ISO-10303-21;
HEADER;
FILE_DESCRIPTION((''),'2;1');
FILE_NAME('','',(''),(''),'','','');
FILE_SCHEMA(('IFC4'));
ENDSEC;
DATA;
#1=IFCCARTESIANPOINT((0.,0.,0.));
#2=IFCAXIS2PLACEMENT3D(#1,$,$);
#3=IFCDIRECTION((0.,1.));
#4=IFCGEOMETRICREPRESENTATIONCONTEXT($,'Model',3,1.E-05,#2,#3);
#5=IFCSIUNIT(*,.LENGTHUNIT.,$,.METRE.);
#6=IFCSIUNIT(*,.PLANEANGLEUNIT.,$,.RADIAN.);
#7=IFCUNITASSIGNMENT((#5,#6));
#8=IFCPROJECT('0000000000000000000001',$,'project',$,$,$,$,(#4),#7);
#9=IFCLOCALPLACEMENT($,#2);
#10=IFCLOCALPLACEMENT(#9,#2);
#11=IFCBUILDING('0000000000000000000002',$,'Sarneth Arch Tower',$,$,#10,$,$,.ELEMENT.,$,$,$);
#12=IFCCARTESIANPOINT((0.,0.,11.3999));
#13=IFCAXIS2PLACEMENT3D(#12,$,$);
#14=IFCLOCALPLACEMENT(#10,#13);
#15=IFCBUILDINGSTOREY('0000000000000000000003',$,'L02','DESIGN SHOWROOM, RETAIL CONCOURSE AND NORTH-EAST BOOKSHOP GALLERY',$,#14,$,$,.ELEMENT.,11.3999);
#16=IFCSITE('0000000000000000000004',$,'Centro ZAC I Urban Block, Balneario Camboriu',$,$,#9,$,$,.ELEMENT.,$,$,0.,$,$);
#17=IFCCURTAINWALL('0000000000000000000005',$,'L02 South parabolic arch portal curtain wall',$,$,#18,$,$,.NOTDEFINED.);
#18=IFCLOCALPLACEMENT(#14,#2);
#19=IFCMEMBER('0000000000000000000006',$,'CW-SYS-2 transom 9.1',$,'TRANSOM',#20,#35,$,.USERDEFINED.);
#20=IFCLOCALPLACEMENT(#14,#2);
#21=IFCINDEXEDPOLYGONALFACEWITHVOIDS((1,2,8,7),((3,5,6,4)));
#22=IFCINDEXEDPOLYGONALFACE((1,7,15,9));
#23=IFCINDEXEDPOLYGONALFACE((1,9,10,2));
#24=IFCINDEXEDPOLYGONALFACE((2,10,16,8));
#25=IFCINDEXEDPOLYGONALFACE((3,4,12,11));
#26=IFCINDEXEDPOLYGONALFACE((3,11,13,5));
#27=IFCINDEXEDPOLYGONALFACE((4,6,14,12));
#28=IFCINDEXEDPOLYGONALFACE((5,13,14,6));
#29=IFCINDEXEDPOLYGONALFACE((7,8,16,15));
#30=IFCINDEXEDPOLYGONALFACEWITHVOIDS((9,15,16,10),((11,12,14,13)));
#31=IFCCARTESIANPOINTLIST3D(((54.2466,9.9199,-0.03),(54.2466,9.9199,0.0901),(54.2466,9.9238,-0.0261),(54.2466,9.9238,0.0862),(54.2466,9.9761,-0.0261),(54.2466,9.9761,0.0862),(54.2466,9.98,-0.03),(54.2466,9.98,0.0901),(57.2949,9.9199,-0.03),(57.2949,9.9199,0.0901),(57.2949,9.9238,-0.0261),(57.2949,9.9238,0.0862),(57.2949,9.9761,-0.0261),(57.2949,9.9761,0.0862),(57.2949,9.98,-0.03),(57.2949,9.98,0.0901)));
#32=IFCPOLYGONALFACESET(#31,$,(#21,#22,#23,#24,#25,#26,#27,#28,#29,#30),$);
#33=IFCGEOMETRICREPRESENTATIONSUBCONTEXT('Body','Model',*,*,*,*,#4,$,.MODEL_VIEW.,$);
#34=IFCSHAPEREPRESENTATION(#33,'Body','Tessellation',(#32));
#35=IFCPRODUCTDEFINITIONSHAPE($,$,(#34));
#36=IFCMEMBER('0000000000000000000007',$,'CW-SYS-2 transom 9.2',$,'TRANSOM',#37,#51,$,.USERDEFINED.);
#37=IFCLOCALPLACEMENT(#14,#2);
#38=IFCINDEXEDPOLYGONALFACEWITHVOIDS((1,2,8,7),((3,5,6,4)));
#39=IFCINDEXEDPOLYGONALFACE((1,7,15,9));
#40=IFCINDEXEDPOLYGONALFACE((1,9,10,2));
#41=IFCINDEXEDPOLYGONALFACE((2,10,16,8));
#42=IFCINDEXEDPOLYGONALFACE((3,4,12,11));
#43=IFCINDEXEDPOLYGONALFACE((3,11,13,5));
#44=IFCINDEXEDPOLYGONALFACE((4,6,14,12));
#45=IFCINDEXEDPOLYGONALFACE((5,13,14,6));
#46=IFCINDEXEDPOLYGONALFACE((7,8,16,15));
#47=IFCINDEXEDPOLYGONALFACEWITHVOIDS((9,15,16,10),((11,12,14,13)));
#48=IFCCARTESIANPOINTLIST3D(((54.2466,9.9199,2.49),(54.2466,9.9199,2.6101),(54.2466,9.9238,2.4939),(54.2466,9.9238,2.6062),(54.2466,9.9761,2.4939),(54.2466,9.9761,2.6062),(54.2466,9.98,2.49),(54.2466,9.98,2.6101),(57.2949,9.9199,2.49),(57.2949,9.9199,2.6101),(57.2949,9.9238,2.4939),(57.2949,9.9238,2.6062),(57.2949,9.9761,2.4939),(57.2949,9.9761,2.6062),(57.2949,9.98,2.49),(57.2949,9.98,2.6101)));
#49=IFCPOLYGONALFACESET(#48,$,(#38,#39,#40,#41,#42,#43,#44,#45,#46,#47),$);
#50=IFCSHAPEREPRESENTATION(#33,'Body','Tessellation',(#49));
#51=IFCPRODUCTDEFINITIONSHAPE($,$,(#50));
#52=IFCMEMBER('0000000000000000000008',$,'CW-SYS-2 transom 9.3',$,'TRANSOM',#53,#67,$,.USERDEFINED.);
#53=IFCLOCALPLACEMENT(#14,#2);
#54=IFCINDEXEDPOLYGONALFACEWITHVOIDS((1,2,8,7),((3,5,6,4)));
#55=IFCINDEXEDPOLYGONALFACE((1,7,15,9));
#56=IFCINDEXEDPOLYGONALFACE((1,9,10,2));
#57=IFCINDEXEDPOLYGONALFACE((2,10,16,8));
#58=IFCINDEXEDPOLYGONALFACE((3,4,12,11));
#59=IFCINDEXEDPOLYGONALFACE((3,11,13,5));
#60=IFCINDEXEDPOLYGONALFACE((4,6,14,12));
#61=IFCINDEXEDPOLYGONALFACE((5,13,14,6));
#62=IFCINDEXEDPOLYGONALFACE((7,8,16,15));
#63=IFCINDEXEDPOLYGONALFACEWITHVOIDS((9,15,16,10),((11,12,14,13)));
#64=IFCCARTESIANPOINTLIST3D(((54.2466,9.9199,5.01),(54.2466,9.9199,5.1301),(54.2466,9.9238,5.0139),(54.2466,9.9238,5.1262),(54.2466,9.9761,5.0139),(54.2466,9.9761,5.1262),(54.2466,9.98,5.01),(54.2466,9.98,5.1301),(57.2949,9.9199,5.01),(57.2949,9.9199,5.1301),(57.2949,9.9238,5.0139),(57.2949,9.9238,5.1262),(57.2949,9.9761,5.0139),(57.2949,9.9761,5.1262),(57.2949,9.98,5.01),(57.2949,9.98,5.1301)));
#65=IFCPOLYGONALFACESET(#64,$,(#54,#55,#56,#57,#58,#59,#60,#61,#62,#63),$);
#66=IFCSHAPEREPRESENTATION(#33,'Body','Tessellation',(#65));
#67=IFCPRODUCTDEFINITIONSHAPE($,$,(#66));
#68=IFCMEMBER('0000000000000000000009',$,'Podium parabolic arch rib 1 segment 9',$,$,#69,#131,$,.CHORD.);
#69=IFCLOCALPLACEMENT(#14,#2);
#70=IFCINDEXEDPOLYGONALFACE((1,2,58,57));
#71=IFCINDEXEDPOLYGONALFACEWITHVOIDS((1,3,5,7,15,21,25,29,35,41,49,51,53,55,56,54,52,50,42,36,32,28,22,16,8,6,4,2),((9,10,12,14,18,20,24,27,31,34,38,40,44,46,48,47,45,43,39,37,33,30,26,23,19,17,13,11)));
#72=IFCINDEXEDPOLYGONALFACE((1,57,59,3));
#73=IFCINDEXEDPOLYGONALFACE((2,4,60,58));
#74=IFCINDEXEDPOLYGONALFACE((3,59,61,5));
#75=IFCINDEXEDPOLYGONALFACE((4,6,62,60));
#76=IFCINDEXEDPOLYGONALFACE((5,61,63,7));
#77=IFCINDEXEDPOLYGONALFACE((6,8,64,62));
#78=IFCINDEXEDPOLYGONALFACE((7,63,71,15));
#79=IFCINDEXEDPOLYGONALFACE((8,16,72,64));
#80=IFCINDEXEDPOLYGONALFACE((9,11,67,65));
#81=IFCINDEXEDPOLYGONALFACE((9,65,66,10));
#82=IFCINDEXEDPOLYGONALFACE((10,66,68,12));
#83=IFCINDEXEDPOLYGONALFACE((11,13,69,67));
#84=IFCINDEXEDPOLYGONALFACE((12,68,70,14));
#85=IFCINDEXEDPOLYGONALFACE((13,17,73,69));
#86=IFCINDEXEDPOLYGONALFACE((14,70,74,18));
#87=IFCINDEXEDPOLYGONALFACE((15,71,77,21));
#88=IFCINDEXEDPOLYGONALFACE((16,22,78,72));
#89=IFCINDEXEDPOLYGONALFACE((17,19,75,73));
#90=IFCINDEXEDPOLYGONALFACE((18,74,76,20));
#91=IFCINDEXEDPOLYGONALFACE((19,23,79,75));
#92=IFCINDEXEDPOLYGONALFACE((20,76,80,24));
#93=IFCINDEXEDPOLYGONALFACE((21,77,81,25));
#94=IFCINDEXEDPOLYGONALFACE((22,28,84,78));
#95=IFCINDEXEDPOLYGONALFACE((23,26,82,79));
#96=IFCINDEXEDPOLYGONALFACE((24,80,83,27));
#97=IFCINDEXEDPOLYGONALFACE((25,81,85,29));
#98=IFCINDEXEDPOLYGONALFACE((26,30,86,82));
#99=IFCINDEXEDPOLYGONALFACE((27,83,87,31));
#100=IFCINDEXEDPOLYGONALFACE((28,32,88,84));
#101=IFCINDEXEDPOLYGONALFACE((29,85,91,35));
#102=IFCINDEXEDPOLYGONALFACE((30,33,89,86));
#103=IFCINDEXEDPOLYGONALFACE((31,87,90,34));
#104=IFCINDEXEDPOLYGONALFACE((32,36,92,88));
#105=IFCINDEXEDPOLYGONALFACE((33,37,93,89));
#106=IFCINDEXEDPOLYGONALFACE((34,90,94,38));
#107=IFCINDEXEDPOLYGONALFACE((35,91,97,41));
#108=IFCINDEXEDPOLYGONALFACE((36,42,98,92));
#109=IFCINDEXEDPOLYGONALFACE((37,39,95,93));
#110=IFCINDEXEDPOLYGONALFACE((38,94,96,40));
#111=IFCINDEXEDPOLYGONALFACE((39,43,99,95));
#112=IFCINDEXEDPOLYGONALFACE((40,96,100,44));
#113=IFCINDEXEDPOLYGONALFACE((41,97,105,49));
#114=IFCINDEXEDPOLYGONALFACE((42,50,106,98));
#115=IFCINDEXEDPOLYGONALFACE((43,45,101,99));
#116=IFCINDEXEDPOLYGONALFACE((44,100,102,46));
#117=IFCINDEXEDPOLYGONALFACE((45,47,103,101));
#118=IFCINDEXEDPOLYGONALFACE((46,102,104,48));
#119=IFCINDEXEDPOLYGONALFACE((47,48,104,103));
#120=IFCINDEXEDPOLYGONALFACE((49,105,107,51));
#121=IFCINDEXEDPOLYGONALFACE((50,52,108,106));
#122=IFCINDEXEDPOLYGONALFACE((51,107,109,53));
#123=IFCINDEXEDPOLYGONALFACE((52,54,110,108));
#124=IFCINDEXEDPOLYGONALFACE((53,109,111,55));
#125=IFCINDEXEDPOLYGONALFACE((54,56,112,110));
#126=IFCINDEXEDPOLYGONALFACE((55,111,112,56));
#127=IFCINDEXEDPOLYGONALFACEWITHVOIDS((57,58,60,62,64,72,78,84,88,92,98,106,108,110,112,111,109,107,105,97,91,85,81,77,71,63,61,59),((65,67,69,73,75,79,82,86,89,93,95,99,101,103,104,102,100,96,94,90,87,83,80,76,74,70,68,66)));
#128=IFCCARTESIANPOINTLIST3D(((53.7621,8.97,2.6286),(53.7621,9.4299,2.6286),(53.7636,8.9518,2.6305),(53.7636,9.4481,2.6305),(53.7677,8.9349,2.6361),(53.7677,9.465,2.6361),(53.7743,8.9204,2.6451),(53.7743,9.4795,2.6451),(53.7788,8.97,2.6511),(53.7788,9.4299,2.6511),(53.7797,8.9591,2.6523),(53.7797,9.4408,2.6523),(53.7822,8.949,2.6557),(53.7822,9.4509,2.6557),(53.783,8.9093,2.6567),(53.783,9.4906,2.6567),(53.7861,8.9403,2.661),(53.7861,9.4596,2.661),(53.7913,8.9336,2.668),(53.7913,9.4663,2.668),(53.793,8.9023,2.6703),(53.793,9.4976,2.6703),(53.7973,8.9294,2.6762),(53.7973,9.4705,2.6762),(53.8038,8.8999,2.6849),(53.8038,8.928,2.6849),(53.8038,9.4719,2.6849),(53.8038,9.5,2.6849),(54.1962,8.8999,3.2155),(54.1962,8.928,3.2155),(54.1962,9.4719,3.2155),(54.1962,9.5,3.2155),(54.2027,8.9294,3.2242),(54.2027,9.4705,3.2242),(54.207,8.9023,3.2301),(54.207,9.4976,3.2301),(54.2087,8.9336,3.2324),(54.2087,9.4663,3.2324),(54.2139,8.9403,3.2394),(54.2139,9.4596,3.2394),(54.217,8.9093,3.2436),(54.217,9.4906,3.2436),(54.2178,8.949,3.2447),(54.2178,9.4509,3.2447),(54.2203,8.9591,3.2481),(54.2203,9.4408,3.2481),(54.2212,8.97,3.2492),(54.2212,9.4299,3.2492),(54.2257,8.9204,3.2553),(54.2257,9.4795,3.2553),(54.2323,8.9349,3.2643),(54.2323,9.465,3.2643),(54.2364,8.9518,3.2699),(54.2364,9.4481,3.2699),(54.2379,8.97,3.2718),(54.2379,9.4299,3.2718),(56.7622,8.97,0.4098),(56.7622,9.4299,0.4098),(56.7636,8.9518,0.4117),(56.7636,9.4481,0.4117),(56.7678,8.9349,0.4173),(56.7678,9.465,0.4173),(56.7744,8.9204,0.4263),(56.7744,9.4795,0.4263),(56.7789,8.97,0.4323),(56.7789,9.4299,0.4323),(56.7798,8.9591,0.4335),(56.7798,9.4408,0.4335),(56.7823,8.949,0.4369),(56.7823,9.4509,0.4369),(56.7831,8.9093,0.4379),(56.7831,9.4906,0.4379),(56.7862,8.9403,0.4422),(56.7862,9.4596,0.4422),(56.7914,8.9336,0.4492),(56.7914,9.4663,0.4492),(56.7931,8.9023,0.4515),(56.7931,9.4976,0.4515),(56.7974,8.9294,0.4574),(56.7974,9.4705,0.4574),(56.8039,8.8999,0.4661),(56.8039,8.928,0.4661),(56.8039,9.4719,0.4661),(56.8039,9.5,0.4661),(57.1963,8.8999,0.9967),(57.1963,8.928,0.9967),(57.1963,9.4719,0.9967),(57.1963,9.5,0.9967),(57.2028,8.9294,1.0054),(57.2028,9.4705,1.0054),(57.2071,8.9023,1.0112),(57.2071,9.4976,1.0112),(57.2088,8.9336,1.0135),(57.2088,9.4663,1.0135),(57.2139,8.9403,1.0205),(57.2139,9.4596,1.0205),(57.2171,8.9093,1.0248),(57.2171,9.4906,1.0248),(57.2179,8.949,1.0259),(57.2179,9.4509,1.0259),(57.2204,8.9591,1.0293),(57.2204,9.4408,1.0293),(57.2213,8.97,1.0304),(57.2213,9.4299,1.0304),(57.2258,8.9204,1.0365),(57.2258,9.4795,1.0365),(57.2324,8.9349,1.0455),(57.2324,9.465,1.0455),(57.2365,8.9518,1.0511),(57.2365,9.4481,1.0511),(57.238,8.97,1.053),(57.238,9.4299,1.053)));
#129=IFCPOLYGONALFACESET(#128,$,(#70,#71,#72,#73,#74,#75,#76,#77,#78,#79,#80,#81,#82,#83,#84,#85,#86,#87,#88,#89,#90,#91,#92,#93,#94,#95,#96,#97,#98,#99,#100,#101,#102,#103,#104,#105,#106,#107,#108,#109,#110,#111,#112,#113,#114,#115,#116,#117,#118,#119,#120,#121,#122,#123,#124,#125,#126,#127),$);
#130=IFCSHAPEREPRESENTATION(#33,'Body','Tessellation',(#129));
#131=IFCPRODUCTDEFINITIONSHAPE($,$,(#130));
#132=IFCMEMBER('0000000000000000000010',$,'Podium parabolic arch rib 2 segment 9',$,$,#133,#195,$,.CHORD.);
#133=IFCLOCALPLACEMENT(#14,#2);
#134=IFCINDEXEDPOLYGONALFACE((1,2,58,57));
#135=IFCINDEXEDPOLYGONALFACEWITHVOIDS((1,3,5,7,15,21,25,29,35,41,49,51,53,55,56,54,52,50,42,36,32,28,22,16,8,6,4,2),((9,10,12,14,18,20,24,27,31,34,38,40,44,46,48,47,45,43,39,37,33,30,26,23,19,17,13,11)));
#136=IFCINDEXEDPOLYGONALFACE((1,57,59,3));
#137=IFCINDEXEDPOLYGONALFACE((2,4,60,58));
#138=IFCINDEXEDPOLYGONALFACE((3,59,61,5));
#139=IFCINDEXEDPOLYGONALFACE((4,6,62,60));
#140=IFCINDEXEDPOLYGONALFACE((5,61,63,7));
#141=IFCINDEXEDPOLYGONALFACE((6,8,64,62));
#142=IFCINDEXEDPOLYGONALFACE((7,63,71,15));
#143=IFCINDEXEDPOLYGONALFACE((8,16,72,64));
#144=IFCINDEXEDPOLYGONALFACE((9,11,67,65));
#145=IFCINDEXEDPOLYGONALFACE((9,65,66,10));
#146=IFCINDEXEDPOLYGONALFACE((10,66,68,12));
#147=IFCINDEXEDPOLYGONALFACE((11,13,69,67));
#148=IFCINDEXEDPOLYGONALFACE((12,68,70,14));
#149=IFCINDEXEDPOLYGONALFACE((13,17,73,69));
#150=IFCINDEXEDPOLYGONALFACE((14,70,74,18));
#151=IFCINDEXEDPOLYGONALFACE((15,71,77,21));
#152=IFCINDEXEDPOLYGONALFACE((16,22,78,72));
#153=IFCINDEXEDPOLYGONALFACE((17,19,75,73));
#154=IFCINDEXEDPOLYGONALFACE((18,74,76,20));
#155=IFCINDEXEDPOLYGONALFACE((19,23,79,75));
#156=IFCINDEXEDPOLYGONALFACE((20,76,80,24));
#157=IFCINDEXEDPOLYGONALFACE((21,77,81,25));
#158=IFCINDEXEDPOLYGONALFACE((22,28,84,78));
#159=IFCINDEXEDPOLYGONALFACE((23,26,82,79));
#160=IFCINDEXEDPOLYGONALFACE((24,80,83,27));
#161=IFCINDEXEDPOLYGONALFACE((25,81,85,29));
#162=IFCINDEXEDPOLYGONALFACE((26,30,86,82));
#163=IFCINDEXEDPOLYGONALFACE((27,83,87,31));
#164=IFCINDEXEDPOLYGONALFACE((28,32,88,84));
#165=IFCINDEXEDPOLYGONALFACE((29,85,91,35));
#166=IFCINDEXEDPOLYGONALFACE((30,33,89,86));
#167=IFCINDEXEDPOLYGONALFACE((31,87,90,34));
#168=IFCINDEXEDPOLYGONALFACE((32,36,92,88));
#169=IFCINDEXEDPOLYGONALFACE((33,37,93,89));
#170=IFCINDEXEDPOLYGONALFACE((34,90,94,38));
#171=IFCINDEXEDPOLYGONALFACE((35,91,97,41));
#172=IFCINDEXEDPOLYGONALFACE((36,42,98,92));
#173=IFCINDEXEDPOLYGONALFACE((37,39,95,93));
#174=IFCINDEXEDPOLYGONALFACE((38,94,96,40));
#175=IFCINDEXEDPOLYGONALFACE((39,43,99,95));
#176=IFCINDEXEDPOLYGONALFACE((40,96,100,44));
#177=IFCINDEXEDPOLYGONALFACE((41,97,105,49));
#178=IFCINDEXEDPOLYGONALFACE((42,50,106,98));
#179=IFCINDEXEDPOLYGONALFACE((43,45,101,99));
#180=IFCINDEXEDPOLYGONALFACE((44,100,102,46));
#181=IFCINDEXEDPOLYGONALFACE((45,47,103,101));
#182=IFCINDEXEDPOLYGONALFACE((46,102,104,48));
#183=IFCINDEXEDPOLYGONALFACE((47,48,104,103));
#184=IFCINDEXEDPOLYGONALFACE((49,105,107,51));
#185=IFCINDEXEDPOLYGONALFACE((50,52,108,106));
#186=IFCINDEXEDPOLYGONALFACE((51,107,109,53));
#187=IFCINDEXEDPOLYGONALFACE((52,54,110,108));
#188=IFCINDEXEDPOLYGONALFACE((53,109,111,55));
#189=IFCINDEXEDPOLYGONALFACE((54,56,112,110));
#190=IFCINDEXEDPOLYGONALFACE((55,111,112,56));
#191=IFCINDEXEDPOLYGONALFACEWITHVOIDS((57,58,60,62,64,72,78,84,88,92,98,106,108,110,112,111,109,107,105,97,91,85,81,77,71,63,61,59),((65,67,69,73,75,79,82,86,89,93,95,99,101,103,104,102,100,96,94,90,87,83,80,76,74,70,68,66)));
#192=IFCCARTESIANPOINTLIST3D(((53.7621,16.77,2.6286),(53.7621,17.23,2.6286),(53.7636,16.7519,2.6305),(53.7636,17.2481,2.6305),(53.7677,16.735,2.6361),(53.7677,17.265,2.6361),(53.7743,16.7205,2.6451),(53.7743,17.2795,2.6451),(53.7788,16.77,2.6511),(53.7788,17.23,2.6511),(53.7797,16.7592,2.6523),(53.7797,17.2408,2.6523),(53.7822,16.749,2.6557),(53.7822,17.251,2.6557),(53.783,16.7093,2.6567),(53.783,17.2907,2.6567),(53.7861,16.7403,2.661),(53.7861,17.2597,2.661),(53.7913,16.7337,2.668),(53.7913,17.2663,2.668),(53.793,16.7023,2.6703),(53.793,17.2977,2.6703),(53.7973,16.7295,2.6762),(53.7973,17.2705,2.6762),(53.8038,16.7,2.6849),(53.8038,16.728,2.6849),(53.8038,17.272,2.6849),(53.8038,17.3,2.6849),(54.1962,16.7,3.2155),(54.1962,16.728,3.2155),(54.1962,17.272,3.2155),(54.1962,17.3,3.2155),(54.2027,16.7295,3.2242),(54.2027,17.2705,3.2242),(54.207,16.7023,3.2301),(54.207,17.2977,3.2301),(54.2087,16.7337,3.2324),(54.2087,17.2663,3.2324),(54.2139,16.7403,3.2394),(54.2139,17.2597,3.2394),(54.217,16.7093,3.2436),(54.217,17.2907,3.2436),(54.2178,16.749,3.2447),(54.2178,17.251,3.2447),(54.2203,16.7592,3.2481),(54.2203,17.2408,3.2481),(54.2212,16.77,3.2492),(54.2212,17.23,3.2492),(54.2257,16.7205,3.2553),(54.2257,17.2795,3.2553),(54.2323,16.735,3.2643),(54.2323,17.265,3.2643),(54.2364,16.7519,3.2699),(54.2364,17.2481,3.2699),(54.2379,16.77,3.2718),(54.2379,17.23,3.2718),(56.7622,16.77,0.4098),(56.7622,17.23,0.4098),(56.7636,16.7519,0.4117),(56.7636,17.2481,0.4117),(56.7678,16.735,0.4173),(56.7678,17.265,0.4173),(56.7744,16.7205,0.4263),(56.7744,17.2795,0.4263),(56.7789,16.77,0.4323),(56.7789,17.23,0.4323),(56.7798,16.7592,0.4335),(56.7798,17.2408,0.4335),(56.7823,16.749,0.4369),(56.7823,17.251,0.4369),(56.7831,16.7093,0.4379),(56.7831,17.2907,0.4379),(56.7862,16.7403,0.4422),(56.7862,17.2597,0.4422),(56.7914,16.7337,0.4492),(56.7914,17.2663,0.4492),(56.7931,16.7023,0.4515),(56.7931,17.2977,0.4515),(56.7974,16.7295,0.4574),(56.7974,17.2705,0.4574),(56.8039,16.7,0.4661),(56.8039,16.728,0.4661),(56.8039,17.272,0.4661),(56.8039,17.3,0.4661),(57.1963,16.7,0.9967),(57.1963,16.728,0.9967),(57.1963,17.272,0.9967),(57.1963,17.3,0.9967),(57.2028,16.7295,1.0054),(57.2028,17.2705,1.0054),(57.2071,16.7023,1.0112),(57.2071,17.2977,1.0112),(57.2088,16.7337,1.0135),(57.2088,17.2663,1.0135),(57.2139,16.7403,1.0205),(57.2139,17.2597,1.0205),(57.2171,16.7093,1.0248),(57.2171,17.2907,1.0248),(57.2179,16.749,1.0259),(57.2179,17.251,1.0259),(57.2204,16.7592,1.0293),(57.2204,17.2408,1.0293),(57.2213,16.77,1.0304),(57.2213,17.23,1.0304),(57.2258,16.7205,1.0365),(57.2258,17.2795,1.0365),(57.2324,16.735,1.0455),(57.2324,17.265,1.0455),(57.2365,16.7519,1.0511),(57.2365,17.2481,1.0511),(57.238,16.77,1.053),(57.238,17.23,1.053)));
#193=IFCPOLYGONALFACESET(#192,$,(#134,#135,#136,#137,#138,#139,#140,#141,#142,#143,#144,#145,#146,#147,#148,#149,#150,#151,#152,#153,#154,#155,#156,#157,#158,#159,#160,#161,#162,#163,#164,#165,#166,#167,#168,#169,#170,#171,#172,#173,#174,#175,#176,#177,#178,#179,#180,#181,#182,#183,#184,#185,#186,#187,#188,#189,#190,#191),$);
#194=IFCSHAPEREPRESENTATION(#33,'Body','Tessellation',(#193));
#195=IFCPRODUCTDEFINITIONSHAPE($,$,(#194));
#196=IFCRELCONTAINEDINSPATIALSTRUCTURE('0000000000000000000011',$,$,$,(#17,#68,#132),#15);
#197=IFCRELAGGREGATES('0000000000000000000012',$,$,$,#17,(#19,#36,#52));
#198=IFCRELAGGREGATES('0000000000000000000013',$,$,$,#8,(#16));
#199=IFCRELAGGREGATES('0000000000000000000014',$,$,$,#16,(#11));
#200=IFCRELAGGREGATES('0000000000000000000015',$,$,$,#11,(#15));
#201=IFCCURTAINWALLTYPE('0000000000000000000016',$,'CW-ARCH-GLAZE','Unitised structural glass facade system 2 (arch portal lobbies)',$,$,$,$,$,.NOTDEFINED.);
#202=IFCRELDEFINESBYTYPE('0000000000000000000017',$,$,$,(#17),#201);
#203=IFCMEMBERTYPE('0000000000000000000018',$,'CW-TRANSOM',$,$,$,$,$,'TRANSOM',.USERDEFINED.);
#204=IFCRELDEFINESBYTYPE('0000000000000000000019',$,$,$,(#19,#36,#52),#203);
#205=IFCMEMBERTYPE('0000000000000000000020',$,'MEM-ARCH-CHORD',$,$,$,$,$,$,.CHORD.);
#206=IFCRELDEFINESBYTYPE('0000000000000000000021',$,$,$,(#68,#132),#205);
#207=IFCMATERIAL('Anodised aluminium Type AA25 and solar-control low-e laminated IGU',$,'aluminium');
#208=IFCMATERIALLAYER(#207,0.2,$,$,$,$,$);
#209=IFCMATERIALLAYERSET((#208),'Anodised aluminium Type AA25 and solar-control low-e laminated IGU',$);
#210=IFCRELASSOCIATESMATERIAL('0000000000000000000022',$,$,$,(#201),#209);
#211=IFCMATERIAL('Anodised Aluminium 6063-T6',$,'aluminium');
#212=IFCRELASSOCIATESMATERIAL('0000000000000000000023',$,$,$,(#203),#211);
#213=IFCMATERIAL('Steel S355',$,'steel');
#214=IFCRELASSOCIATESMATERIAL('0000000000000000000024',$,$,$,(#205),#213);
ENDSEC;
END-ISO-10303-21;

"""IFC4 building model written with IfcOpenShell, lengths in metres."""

from ifc_helpers import new_model, si_unit, direction, frame, origin, origin_2d, place, context, subcontext, project, spatial, hollow_rectangle, extrude, material, layer, layer_set, material_profile, profile_set, type_object, element, aggregate, save


model = new_model("IFC4")

# Units and contexts
model_context = context("Model", 3, precision=1e-05, world=origin(), true_north=direction((0.0, 1.0)))
body_context = subcontext(model_context, "Body", "Model", "MODEL_VIEW")
ifc_project = project(units=[si_unit("LENGTHUNIT", "METRE"), si_unit("PLANEANGLEUNIT", "RADIAN")], contexts=[model_context])

# Site, building, storey
site_placement = place(None, origin())
site = spatial("IfcSite", under=ifc_project, at=site_placement, Name="Centro ZAC I Urban Block, Balneario Camboriu", CompositionType="ELEMENT", RefElevation=0.0)
building_placement = place(site_placement, origin())
building = spatial("IfcBuilding", under=site, at=building_placement, Name="Sarneth Arch Tower", CompositionType="ELEMENT")
storey_placement = place(building_placement, frame((0.0, 0.0, 11.3999)))
storey = spatial("IfcBuildingStorey", under=building, at=storey_placement, Name="L02", Description="DESIGN SHOWROOM, RETAIL CONCOURSE AND NORTH-EAST BOOKSHOP GALLERY", CompositionType="ELEMENT", Elevation=11.3999)

# Curtain wall, members
ifc_material_1 = material(Name="Anodised aluminium Type AA25 and solar-control low-e laminated IGU", Category="aluminium")
ifc_layer_1 = layer(ifc_material_1, 0.2)
ifc_layer_set_1 = layer_set([ifc_layer_1], Name="Anodised aluminium Type AA25 and solar-control low-e laminated IGU")
curtain_wall_type = type_object("IfcCurtainWallType", Name="CW-ARCH-GLAZE", Description="Unitised structural glass facade system 2 (arch portal lobbies)", PredefinedType="NOTDEFINED", material=ifc_layer_set_1)
curtain_wall_placement = place(storey_placement, origin())
curtain_wall = element("IfcCurtainWall", 1, at=curtain_wall_placement, inside=storey, type_object=curtain_wall_type, Name="L02 South parabolic arch portal curtain wall", PredefinedType="NOTDEFINED")
ifc_material_2 = material(Name="Anodised Aluminium 6063-T6", Category="aluminium")
ifc_material_profile_1 = material_profile(ifc_material_2, hollow_rectangle(XDim=0.0601, YDim=0.1201, WallThickness=0.0039, at=origin_2d()), Name="AL-TRAN-120x60x4")
ifc_profile_set_1 = profile_set([ifc_material_profile_1], Name="Anodised Aluminium 6063-T6")
member_type_1 = type_object("IfcMemberType", Name="CW-TRANSOM", ElementType="TRANSOM", PredefinedType="USERDEFINED", material=ifc_profile_set_1)
member_1_placement = place(storey_placement, frame((54.2466, 9.95, 0.03), z_axis=(1.0, 0.0, 0.0), x_axis=(0.0, 1.0, 0.0)))
member_1 = element("IfcMember", 2, at=member_1_placement, type_object=member_type_1, Name="CW-SYS-2 transom 9.1", ObjectType="TRANSOM", PredefinedType="USERDEFINED", context=body_context, shape_type="SweptSolid", body=[
    extrude(hollow_rectangle(XDim=0.0601, YDim=0.1201, WallThickness=0.0039, at=origin_2d()), origin(), (0.0, 0.0, 1.0), 3.0483),
])
member_2_placement = place(storey_placement, frame((54.2466, 9.95, 2.55), z_axis=(1.0, 0.0, 0.0), x_axis=(0.0, 1.0, 0.0)))
member_2 = element("IfcMember", 3, at=member_2_placement, type_object=member_type_1, Name="CW-SYS-2 transom 9.2", ObjectType="TRANSOM", PredefinedType="USERDEFINED", context=body_context, shape_type="SweptSolid", body=[
    extrude(hollow_rectangle(XDim=0.0601, YDim=0.1201, WallThickness=0.0039, at=origin_2d()), origin(), (0.0, 0.0, 1.0), 3.0483),
])
member_3_placement = place(storey_placement, frame((54.2466, 9.95, 5.0701), z_axis=(1.0, 0.0, 0.0), x_axis=(0.0, 1.0, 0.0)))
member_3 = element("IfcMember", 4, at=member_3_placement, type_object=member_type_1, Name="CW-SYS-2 transom 9.3", ObjectType="TRANSOM", PredefinedType="USERDEFINED", context=body_context, shape_type="SweptSolid", body=[
    extrude(hollow_rectangle(XDim=0.0601, YDim=0.1201, WallThickness=0.0039, at=origin_2d()), origin(), (0.0, 0.0, 1.0), 3.0483),
])

# Members
ifc_material_3 = material(Name="Steel S355", Category="steel")
ifc_material_profile_2 = material_profile(ifc_material_3, hollow_rectangle(XDim=0.6001, YDim=0.8, WallThickness=0.0281, InnerFilletRadius=0.042, OuterFilletRadius=0.0701, at=origin_2d()), Name="RHS800x600x28")
ifc_profile_set_2 = profile_set([ifc_material_profile_2], Name="Steel S355")
member_type_2 = type_object("IfcMemberType", Name="MEM-ARCH-CHORD", PredefinedType="CHORD", material=ifc_profile_set_2)
for number, where, z_axis, x_axis, name in (
    (5, (54.0, 9.2, 2.9502), (0.804002, 0.0, -0.594627), (0.0, 1.0, 0.0), "Podium parabolic arch rib 1 segment 9"),
    (6, (54.0, 17.0, 2.9502), (0.804002, 0.0, -0.594627), (0.0, 1.0, 0.0), "Podium parabolic arch rib 2 segment 9"),
):
    element("IfcMember", number, at=place(storey_placement, frame(where, z_axis=z_axis, x_axis=x_axis)), inside=storey, type_object=member_type_2, Name=name, PredefinedType="CHORD", context=body_context, shape_type="SweptSolid", body=[
        extrude(hollow_rectangle(XDim=0.6001, YDim=0.8, WallThickness=0.0281, InnerFilletRadius=0.042, OuterFilletRadius=0.0701, at=origin_2d()), origin(), (0.0, 0.0, 1.0), 3.7314),
    ])

aggregate(curtain_wall, [member_1, member_2, member_3])

save(model, "model.ifc")
